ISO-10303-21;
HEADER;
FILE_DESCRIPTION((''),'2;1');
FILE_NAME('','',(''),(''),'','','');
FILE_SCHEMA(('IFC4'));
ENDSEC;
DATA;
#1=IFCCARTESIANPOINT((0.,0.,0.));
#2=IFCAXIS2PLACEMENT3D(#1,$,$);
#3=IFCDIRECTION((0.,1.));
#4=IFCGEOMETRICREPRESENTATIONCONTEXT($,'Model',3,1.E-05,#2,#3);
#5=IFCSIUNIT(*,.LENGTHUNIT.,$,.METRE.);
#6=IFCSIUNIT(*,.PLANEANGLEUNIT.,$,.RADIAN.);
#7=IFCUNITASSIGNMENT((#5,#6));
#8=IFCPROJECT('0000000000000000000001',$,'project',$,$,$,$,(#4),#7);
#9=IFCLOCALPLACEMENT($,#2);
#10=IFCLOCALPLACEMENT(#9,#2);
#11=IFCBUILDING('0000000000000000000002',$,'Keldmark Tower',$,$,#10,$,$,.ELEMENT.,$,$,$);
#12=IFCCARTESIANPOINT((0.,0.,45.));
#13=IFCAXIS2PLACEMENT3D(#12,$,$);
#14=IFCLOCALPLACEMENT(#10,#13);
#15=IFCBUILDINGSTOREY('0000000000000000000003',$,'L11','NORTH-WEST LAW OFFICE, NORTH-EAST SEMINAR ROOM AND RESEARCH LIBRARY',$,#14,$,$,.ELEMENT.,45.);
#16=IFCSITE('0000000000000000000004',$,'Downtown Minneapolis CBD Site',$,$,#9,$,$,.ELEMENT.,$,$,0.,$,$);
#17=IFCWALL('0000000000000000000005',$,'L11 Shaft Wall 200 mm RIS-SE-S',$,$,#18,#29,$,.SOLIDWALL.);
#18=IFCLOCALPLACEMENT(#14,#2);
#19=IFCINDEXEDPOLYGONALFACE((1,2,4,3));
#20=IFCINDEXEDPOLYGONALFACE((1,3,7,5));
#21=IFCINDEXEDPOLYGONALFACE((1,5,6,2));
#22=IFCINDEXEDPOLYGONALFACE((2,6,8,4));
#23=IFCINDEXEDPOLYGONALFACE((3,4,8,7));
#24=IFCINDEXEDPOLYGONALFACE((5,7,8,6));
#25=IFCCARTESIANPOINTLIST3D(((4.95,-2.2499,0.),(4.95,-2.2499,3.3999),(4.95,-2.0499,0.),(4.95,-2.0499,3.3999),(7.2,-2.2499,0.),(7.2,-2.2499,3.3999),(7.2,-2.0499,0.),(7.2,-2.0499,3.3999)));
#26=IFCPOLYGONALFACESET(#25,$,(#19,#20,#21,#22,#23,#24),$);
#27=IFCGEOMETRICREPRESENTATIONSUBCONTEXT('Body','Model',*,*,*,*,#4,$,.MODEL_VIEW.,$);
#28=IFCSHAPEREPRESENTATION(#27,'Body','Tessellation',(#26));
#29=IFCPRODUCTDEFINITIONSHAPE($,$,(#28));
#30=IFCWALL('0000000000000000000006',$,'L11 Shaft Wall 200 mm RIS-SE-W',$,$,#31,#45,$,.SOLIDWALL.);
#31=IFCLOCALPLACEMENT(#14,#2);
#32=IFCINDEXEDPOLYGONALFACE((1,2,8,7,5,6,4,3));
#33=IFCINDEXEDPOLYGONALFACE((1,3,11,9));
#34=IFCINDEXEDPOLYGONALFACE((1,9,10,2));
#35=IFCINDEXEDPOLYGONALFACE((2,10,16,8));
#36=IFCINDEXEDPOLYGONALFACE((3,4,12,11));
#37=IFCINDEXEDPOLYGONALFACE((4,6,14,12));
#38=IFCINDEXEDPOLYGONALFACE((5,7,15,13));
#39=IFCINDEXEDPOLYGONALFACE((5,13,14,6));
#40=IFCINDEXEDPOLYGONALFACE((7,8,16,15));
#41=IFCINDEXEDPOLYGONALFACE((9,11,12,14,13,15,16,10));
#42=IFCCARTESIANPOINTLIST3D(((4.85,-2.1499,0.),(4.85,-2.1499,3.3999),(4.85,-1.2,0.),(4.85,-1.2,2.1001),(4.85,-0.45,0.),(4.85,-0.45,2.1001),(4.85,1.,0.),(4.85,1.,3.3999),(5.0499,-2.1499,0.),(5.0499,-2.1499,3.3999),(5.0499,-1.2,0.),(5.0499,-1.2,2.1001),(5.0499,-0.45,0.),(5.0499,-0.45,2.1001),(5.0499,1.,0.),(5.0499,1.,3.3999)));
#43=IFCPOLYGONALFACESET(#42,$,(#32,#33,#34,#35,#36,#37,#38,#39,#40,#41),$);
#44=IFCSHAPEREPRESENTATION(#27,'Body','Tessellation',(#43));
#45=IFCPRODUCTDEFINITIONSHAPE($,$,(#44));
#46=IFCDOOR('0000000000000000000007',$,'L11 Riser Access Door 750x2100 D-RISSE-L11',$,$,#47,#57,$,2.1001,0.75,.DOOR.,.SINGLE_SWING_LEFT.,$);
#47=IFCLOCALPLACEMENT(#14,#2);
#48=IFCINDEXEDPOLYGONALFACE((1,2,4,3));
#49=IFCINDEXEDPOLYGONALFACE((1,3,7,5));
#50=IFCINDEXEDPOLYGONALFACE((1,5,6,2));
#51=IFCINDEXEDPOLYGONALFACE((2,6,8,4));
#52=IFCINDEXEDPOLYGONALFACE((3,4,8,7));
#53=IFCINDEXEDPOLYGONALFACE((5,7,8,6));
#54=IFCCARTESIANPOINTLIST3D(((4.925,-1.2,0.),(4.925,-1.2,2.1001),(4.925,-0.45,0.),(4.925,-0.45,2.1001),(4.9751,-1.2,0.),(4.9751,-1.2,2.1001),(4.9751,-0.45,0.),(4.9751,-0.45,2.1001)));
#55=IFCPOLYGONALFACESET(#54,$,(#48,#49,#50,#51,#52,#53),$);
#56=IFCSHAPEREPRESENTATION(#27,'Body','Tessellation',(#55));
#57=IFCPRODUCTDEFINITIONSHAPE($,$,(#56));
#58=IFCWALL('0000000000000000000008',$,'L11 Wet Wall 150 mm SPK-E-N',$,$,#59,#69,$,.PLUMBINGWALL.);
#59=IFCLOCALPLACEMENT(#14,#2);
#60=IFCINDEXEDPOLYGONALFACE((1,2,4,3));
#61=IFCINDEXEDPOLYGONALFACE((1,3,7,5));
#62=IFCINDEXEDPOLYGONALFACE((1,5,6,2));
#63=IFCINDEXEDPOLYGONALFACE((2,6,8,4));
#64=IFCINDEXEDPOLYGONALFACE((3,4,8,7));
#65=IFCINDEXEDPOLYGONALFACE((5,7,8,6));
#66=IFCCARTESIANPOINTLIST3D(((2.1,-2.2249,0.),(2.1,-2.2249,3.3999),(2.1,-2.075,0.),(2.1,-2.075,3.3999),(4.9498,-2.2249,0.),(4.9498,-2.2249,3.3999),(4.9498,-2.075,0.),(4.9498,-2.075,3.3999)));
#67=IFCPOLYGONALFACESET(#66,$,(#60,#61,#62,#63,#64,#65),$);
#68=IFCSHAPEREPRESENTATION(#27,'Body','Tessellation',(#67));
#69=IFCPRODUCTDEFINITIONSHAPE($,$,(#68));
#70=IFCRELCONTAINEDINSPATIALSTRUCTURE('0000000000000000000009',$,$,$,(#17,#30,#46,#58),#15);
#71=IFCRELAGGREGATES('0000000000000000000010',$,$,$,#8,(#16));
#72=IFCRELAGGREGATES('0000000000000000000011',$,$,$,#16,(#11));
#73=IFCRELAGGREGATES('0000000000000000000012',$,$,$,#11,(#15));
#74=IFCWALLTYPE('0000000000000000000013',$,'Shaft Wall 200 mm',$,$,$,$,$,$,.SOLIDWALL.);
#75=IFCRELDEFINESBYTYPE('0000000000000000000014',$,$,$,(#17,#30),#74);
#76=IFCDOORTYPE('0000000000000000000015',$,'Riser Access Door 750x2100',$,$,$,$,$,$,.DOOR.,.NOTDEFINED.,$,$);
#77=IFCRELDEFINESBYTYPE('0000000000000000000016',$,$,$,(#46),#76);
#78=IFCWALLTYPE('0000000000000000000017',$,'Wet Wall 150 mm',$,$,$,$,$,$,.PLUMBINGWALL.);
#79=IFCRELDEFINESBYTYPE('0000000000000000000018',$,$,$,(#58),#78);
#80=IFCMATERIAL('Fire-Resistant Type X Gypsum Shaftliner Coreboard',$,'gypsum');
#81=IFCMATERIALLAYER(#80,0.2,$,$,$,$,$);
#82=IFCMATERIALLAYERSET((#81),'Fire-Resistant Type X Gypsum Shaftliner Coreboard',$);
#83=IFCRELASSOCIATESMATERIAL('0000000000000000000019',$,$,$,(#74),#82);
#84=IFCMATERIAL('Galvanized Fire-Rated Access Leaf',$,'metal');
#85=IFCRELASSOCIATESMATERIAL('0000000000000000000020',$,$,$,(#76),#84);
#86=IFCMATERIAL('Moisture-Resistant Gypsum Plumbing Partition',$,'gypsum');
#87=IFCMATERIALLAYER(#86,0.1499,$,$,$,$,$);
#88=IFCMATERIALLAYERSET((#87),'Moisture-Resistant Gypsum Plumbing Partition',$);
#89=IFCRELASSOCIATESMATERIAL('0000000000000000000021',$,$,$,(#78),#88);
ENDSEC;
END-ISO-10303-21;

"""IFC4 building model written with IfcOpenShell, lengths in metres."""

from ifc_helpers import new_model, si_unit, direction, frame, frame_2d, origin, place, context, subcontext, project, spatial, rectangle, extrude, material, layer, layer_set, type_object, element, fill, save


model = new_model("IFC4")

# Units and contexts
model_context = context("Model", 3, precision=1e-05, world=origin(), true_north=direction((0.0, 1.0)))
body_context = subcontext(model_context, "Body", "Model", "MODEL_VIEW")
ifc_project = project(units=[si_unit("LENGTHUNIT", "METRE"), si_unit("PLANEANGLEUNIT", "RADIAN")], contexts=[model_context])

# Site, building, storey
site_placement = place(None, origin())
site = spatial("IfcSite", under=ifc_project, at=site_placement, Name="Downtown Minneapolis CBD Site", CompositionType="ELEMENT", RefElevation=0.0)
building_placement = place(site_placement, origin())
building = spatial("IfcBuilding", under=site, at=building_placement, Name="Keldmark Tower", CompositionType="ELEMENT")
storey_placement = place(building_placement, frame((0.0, 0.0, 45.0)))
storey = spatial("IfcBuildingStorey", under=building, at=storey_placement, Name="L11", Description="NORTH-WEST LAW OFFICE, NORTH-EAST SEMINAR ROOM AND RESEARCH LIBRARY", CompositionType="ELEMENT", Elevation=45.0)

# Wall
ifc_material_1 = material(Name="Fire-Resistant Type X Gypsum Shaftliner Coreboard", Category="gypsum")
ifc_layer_1 = layer(ifc_material_1, 0.2)
ifc_layer_set_1 = layer_set([ifc_layer_1], Name="Fire-Resistant Type X Gypsum Shaftliner Coreboard")
wall_type_1 = type_object("IfcWallType", Name="Shaft Wall 200 mm", PredefinedType="SOLIDWALL", material=ifc_layer_set_1)
wall_1_placement = place(storey_placement, frame((4.95, -2.1499, 0.0), z_axis=(0.0, 0.0, 1.0), x_axis=(1.0, 0.0, 0.0)))
element("IfcWall", 1, at=wall_1_placement, inside=storey, type_object=wall_type_1, Name="L11 Shaft Wall 200 mm RIS-SE-S", PredefinedType="SOLIDWALL", context=body_context, shape_type="SweptSolid", body=[
    extrude(rectangle(XDim=2.25, YDim=0.2, at=frame_2d((1.125, 0.0))), origin(), (0.0, 0.0, 1.0), 3.3999),
])

# Wall, opening, door
wall_2_placement = place(storey_placement, frame((4.95, -2.1499, 0.0), z_axis=(0.0, 0.0, 1.0), x_axis=(0.0, 1.0, 0.0)))
wall_2 = element("IfcWall", 2, at=wall_2_placement, inside=storey, type_object=wall_type_1, Name="L11 Shaft Wall 200 mm RIS-SE-W", PredefinedType="SOLIDWALL", context=body_context, shape_type="SweptSolid", body=[
    extrude(rectangle(XDim=3.1499, YDim=0.2, at=frame_2d((1.575, 0.0))), origin(), (0.0, 0.0, 1.0), 3.3999),
])
opening_1_placement = place(wall_2_placement, frame((0.95, 0.0, 0.0)))
opening_1 = element("IfcOpeningElement", 3, at=opening_1_placement, cuts=wall_2, PredefinedType="OPENING", context=body_context, shape_type="SweptSolid", body=[
    extrude(rectangle(XDim=0.75, YDim=2.1001, at=frame_2d((0.375, 1.05))), frame((0.0, 0.1099, 0.0), z_axis=(0.0, -1.0, 0.0), x_axis=(1.0, 0.0, 0.0)), (0.0, 0.0, 1.0), 0.22),
])
ifc_material_2 = material(Name="Galvanized Fire-Rated Access Leaf", Category="metal")
door_type_1 = type_object("IfcDoorType", Name="Riser Access Door 750x2100", OperationType="NOTDEFINED", PredefinedType="DOOR", material=ifc_material_2)
door_1_placement = place(opening_1_placement, origin())
door_1 = element("IfcDoor", 4, at=door_1_placement, inside=storey, type_object=door_type_1, Name="L11 Riser Access Door 750x2100 D-RISSE-L11", OperationType="SINGLE_SWING_LEFT", OverallHeight=2.1001, OverallWidth=0.75, PredefinedType="DOOR", context=body_context, shape_type="SweptSolid", body=[
    extrude(rectangle(XDim=0.75, YDim=2.1001, at=frame_2d((0.375, 1.05))), frame((0.0, 0.0249, 0.0), z_axis=(0.0, -1.0, 0.0), x_axis=(1.0, 0.0, 0.0)), (0.0, 0.0, 1.0), 0.05),
])
fill(opening_1, door_1)

# Wall
ifc_material_3 = material(Name="Moisture-Resistant Gypsum Plumbing Partition", Category="gypsum")
ifc_layer_2 = layer(ifc_material_3, 0.1499)
ifc_layer_set_2 = layer_set([ifc_layer_2], Name="Moisture-Resistant Gypsum Plumbing Partition")
wall_type_2 = type_object("IfcWallType", Name="Wet Wall 150 mm", PredefinedType="PLUMBINGWALL", material=ifc_layer_set_2)
wall_3_placement = place(storey_placement, frame((2.1001, -2.1499, 0.0), z_axis=(0.0, 0.0, 1.0), x_axis=(1.0, 0.0, 0.0)))
element("IfcWall", 5, at=wall_3_placement, inside=storey, type_object=wall_type_2, Name="L11 Wet Wall 150 mm SPK-E-N", PredefinedType="PLUMBINGWALL", context=body_context, shape_type="SweptSolid", body=[
    extrude(rectangle(XDim=2.8499, YDim=0.1499, at=frame_2d((1.4248, 0.0))), origin(), (0.0, 0.0, 1.0), 3.3999),
])

save(model, "model.ifc")
